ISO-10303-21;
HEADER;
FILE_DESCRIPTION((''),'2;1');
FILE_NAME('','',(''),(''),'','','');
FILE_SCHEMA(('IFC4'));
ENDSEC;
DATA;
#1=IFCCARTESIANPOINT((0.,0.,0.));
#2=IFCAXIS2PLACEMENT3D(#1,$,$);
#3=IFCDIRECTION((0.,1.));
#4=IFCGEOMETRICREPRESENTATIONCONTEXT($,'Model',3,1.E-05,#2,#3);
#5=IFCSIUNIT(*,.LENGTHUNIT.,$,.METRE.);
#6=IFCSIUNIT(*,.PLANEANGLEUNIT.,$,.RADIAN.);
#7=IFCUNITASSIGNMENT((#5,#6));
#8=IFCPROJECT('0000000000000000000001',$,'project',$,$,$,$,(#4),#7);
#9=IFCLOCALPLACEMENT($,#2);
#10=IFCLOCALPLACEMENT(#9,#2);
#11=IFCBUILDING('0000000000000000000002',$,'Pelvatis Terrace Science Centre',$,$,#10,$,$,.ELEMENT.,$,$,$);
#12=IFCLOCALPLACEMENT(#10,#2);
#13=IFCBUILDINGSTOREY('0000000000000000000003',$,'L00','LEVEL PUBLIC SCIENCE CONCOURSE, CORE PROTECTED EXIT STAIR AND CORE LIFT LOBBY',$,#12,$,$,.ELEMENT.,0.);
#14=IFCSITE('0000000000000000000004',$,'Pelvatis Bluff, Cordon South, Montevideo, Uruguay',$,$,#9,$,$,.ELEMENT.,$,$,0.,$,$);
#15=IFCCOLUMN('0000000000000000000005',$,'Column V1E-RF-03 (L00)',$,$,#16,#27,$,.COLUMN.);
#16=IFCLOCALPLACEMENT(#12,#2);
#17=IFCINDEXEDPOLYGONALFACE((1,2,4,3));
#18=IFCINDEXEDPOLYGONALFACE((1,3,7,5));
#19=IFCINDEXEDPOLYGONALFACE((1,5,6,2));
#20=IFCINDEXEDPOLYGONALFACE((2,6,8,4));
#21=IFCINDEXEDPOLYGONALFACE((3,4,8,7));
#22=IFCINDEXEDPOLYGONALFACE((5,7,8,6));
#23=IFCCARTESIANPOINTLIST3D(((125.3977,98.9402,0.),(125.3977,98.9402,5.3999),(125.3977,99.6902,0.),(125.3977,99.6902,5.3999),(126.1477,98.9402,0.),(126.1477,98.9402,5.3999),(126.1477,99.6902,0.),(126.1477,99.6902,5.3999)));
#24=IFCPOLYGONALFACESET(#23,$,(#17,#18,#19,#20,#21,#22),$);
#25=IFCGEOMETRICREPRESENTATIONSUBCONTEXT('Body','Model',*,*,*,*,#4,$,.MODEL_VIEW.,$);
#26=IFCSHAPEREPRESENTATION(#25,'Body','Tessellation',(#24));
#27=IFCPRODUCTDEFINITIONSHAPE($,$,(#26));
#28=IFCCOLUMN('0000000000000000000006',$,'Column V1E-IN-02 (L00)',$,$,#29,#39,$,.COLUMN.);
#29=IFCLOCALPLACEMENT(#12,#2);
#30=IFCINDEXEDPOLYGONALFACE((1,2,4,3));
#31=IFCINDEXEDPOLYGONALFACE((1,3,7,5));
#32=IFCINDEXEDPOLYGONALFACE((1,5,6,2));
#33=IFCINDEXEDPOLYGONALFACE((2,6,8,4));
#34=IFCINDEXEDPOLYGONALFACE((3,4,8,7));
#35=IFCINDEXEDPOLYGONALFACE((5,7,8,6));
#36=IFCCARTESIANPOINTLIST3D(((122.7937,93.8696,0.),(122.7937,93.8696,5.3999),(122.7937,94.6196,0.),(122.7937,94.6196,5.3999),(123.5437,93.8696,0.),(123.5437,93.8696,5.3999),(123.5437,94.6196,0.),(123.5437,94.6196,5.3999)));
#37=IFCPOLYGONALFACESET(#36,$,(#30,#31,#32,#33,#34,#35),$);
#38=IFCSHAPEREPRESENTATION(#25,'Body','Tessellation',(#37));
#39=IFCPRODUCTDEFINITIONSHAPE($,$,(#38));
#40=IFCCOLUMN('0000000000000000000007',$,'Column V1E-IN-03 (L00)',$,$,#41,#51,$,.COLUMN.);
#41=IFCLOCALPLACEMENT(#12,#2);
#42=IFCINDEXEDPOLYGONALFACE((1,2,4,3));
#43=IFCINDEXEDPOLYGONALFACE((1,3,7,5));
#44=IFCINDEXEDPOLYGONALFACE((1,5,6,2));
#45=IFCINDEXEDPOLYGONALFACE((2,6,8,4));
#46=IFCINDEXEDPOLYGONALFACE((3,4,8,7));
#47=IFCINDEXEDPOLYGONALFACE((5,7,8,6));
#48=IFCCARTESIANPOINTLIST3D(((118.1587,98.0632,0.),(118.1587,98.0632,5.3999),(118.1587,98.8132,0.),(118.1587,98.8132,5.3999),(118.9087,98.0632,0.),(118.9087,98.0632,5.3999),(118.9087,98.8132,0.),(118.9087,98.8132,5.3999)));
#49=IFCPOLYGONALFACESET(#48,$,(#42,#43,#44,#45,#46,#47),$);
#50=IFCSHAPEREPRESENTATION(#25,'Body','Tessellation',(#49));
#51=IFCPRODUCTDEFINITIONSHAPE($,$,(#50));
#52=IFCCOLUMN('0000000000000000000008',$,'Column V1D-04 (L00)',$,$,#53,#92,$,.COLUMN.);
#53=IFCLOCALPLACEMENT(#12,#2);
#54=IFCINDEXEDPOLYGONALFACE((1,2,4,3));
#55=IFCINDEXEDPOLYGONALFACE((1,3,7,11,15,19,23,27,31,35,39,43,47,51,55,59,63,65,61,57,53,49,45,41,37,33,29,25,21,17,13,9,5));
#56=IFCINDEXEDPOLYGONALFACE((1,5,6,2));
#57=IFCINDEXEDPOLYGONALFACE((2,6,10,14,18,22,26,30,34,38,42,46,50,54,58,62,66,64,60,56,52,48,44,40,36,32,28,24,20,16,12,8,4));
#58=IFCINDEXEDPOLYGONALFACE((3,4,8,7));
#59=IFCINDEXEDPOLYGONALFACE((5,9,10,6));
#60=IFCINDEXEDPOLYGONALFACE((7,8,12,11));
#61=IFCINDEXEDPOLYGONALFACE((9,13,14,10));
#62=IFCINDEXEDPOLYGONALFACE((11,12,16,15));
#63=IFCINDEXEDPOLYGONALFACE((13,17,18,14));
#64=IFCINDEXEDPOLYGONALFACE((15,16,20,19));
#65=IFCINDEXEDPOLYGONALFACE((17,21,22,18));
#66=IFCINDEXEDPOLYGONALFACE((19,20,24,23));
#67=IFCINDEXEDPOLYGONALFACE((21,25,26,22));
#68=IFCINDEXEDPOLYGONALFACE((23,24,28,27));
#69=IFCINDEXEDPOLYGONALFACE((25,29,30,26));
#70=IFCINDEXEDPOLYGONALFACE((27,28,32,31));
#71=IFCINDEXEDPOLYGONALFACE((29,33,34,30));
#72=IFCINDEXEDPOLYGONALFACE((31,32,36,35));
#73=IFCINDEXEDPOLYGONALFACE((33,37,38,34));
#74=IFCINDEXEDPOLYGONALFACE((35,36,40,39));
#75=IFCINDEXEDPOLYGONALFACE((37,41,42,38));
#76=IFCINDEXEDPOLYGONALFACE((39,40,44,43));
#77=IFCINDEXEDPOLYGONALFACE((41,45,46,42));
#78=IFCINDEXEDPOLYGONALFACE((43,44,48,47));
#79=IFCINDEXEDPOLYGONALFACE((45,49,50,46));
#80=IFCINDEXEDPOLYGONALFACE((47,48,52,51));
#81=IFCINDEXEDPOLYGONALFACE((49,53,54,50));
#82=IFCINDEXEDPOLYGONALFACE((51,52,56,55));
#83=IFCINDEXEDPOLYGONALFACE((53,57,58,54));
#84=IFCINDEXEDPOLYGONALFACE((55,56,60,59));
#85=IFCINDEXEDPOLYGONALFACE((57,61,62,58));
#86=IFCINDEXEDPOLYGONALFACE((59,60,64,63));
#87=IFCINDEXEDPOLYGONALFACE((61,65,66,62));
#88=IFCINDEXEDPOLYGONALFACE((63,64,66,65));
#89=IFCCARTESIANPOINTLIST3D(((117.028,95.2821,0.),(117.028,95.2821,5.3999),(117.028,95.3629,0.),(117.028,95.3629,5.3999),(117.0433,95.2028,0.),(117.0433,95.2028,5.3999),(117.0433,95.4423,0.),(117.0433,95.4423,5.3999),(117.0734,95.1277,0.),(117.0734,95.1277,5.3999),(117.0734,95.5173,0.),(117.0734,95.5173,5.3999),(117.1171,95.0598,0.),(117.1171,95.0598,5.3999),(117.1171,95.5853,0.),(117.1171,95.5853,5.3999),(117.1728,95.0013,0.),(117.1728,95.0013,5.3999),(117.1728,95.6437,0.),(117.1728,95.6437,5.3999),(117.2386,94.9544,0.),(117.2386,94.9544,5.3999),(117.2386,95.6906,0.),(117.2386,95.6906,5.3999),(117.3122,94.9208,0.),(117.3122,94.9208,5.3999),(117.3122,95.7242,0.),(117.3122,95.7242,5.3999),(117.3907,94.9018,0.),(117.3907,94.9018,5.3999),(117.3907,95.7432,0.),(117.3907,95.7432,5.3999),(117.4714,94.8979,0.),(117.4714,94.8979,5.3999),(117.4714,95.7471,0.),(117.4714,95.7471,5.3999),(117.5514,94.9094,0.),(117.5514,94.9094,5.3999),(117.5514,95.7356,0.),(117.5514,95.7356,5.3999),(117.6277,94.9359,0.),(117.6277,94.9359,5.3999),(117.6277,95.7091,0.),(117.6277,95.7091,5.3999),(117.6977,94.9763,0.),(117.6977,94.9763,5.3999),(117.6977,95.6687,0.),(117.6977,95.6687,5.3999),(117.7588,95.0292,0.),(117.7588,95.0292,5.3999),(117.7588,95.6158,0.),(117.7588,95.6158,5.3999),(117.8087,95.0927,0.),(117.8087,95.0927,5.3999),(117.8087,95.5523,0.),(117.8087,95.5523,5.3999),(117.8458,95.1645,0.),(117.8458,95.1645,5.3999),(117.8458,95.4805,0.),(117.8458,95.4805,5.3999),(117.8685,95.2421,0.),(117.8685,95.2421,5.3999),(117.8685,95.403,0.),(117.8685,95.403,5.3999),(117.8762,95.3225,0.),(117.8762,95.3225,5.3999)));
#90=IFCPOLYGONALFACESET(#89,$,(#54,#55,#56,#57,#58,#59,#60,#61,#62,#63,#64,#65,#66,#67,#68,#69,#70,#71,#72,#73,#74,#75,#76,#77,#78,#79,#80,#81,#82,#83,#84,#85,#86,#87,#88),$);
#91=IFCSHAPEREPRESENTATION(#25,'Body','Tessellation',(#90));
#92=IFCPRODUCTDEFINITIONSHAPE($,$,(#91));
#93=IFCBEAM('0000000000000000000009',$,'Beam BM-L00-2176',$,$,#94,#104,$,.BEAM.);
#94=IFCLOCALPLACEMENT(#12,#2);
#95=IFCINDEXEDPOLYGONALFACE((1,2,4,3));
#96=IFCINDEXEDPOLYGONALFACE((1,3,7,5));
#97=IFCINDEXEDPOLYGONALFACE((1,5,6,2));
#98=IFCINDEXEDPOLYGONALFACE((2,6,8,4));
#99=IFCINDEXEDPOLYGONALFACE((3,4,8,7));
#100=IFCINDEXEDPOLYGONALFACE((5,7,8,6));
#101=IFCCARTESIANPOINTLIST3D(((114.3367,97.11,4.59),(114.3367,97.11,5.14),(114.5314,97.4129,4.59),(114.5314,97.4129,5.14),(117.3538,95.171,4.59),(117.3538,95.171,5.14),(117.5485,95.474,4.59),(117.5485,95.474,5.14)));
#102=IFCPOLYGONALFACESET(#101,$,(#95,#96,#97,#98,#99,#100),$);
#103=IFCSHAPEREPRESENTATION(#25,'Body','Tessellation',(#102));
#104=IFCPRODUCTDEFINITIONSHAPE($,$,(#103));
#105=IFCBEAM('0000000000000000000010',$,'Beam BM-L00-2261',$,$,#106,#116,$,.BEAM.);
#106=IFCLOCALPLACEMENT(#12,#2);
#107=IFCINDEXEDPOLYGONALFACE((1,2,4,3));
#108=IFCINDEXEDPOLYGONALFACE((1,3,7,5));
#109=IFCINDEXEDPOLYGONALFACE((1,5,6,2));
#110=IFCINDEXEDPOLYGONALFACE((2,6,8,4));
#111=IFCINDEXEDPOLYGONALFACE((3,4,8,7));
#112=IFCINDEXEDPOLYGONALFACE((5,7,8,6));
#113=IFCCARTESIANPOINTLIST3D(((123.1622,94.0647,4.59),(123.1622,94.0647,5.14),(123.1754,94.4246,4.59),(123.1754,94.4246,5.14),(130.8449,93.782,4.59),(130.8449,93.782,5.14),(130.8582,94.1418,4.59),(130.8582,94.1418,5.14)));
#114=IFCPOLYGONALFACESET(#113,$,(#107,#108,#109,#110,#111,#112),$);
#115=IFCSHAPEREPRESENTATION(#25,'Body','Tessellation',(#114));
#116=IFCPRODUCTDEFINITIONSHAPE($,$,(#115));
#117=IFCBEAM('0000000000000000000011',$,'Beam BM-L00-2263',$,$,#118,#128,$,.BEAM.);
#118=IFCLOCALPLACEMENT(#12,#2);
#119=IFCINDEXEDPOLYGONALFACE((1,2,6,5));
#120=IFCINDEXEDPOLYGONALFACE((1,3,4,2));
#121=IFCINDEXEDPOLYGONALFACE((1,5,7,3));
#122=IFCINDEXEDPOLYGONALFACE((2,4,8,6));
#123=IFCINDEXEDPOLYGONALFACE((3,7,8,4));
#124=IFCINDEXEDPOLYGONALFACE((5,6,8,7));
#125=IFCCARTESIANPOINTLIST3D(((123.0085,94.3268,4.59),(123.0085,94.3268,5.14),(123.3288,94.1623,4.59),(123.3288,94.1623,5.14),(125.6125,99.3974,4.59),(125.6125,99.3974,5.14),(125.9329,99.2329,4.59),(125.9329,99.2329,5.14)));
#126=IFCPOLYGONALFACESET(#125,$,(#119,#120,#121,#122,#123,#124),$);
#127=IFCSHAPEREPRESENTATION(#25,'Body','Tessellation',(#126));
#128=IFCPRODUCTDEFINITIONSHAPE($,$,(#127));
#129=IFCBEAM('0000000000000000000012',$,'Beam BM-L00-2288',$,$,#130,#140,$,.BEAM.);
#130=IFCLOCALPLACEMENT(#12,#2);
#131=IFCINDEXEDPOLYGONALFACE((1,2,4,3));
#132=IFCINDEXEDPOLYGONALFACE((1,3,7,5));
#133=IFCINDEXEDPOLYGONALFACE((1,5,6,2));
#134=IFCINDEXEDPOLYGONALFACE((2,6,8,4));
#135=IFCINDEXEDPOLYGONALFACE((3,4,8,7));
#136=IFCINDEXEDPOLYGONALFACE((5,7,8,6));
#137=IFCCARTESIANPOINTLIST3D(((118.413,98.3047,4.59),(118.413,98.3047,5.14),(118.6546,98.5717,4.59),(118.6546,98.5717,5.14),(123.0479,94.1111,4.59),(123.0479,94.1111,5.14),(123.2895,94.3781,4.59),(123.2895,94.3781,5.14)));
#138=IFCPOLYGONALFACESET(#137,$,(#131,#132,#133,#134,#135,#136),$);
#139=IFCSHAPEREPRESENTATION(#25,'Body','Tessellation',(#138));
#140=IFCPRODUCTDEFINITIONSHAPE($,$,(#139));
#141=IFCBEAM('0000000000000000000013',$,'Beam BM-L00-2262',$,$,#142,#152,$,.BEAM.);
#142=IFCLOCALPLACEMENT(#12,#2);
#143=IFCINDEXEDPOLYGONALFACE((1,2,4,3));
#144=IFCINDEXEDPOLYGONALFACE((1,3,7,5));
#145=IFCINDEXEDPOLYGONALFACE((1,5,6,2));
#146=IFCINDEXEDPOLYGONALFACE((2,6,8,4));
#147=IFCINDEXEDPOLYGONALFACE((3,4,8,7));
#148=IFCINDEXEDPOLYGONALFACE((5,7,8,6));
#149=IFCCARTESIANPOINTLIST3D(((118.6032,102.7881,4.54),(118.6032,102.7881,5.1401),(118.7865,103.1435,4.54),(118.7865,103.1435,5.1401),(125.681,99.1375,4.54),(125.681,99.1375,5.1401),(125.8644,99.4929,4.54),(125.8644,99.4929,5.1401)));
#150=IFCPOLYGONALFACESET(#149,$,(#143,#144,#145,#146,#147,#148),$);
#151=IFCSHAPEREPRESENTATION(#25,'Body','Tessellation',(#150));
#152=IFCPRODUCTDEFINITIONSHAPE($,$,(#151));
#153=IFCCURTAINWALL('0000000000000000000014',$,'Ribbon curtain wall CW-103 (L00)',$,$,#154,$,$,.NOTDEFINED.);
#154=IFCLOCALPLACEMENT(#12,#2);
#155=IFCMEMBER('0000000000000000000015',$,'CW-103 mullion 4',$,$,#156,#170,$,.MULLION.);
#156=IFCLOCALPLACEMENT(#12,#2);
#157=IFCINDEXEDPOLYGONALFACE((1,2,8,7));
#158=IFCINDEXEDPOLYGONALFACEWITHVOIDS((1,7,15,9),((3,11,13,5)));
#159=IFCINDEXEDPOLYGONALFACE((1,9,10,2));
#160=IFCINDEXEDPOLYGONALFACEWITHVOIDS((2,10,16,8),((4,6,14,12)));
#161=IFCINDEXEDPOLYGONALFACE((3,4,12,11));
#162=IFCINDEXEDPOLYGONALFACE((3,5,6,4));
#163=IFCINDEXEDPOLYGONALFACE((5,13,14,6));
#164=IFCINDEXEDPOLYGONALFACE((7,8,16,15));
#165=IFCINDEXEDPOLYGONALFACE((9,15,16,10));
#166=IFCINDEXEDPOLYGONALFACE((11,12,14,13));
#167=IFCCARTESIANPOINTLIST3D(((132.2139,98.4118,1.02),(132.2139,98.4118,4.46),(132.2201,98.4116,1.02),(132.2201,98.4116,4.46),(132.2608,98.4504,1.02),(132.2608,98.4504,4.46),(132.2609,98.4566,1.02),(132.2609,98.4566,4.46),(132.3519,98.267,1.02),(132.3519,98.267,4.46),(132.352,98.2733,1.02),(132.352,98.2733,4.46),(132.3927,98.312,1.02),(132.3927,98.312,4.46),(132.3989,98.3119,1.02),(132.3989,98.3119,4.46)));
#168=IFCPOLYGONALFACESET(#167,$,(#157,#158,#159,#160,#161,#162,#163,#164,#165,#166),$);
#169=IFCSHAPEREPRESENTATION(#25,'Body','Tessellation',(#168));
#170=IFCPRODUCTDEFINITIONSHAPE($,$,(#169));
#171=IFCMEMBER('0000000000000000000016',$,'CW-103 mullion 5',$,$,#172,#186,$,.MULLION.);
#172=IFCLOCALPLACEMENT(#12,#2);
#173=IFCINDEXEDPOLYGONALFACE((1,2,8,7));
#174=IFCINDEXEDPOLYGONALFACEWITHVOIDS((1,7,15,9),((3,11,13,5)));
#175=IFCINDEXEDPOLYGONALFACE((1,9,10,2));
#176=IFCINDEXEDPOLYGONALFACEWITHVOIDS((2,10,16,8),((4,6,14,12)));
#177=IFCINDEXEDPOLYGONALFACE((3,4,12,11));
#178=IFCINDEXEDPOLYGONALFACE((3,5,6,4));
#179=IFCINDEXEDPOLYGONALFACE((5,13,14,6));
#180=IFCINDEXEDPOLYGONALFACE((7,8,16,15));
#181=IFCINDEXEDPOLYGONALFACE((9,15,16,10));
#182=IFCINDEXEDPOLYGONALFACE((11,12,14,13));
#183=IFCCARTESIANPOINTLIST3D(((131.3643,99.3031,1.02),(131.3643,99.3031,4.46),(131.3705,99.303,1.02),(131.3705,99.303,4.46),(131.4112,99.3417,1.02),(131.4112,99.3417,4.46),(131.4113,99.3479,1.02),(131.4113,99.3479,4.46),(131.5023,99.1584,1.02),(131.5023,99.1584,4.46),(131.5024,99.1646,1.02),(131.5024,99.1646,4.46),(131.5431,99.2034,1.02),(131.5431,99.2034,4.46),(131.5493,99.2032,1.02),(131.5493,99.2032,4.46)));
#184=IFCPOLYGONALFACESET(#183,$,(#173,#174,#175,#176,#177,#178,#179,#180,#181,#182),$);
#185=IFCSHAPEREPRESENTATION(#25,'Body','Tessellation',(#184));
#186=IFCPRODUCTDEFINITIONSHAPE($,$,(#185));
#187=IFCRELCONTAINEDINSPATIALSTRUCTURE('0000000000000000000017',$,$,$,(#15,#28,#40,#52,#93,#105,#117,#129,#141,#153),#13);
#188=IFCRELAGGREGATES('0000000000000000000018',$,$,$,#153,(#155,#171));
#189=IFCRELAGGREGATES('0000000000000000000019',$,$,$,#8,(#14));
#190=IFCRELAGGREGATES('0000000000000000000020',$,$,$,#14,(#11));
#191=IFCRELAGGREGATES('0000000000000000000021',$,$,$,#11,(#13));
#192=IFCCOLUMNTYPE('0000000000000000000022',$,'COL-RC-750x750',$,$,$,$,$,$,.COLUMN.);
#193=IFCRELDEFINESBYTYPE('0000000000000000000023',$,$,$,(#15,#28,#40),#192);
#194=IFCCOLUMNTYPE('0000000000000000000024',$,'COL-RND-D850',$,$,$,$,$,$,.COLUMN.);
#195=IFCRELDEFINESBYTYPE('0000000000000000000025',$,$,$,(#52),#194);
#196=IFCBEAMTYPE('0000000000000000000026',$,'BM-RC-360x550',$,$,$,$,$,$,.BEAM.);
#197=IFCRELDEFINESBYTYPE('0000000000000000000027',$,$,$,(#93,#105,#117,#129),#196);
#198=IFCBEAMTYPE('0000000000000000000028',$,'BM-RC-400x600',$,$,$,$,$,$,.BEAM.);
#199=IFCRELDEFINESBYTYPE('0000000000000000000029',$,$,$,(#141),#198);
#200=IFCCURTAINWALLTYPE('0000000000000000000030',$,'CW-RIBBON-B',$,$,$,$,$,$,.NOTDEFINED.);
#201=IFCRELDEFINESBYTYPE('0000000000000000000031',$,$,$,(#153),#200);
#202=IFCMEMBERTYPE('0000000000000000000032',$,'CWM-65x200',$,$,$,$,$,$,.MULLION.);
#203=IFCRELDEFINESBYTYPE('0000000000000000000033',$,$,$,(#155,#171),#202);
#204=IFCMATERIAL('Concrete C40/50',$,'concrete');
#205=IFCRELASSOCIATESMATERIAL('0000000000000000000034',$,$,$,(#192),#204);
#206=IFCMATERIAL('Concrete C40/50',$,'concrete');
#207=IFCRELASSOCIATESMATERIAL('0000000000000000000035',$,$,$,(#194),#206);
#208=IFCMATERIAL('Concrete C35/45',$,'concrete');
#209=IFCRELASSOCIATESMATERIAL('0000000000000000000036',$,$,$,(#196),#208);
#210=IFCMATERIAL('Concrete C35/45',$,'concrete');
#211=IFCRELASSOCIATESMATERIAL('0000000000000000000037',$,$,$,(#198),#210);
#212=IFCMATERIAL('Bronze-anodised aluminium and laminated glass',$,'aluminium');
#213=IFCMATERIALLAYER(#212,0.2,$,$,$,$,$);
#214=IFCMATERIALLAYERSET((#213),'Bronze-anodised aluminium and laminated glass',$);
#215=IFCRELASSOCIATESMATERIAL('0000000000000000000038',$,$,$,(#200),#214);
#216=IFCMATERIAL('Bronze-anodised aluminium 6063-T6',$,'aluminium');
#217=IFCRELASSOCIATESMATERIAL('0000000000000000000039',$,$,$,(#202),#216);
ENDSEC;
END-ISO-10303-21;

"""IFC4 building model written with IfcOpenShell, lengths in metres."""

from ifc_helpers import new_model, si_unit, direction, frame, origin, origin_2d, place, context, subcontext, project, spatial, rectangle, hollow_rectangle, circle, extrude, material, layer, layer_set, material_profile, profile_set, type_object, element, aggregate, save


model = new_model("IFC4")

# Units and contexts
model_context = context("Model", 3, precision=1e-05, world=origin(), true_north=direction((0.0, 1.0)))
body_context = subcontext(model_context, "Body", "Model", "MODEL_VIEW")
ifc_project = project(units=[si_unit("LENGTHUNIT", "METRE"), si_unit("PLANEANGLEUNIT", "RADIAN")], contexts=[model_context])

# Site, building, storey
site_placement = place(None, origin())
site = spatial("IfcSite", under=ifc_project, at=site_placement, Name="Pelvatis Bluff, Cordon South, Montevideo, Uruguay", CompositionType="ELEMENT", RefElevation=0.0)
building_placement = place(site_placement, origin())
building = spatial("IfcBuilding", under=site, at=building_placement, Name="Pelvatis Terrace Science Centre", CompositionType="ELEMENT")
storey_placement = place(building_placement, origin())
storey = spatial("IfcBuildingStorey", under=building, at=storey_placement, Name="L00", Description="LEVEL PUBLIC SCIENCE CONCOURSE, CORE PROTECTED EXIT STAIR AND CORE LIFT LOBBY", CompositionType="ELEMENT", Elevation=0.0)

# Columns
ifc_material_1 = material(Name="Concrete C40/50", Category="concrete")
ifc_material_profile_1 = material_profile(ifc_material_1, rectangle(XDim=0.75, YDim=0.75, at=origin_2d()), Name="RC-COL 750x750")
ifc_profile_set_1 = profile_set([ifc_material_profile_1], Name="Concrete C40/50")
column_type_1 = type_object("IfcColumnType", Name="COL-RC-750x750", PredefinedType="COLUMN", material=ifc_profile_set_1)
for number, where, z_axis, x_axis, name in (
    (1, (125.7727, 99.3152, 0.0), (0.0, 0.0, 1.0), (1.0, 0.0, 0.0), "Column V1E-RF-03 (L00)"),
    (2, (123.1687, 94.2446, 0.0), (0.0, 0.0, 1.0), (1.0, 0.0, 0.0), "Column V1E-IN-02 (L00)"),
    (3, (118.5337, 98.4382, 0.0), (0.0, 0.0, 1.0), (1.0, 0.0, 0.0), "Column V1E-IN-03 (L00)"),
):
    element("IfcColumn", number, at=place(storey_placement, frame(where, z_axis=z_axis, x_axis=x_axis)), inside=storey, type_object=column_type_1, Name=name, PredefinedType="COLUMN", context=body_context, shape_type="SweptSolid", body=[
        extrude(rectangle(XDim=0.75, YDim=0.75, at=origin_2d()), origin(), (0.0, 0.0, 1.0), 5.3999),
    ])
ifc_material_2 = material(Name="Concrete C40/50", Category="concrete")
ifc_material_profile_2 = material_profile(ifc_material_2, circle(Radius=0.425, at=origin_2d()), Name="RC-RCOL D850")
ifc_profile_set_2 = profile_set([ifc_material_profile_2], Name="Concrete C40/50")
column_type_2 = type_object("IfcColumnType", Name="COL-RND-D850", PredefinedType="COLUMN", material=ifc_profile_set_2)
column_placement = place(storey_placement, frame((117.4512, 95.3225, 0.0), z_axis=(0.0, 0.0, 1.0), x_axis=(1.0, 0.0, 0.0)))
element("IfcColumn", 4, at=column_placement, inside=storey, type_object=column_type_2, Name="Column V1D-04 (L00)", PredefinedType="COLUMN", context=body_context, shape_type="SweptSolid", body=[
    extrude(circle(Radius=0.425, at=origin_2d()), origin(), (0.0, 0.0, 1.0), 5.3999),
])

# Beams
ifc_material_3 = material(Name="Concrete C35/45", Category="concrete")
ifc_material_profile_3 = material_profile(ifc_material_3, rectangle(XDim=0.3601, YDim=0.55, at=origin_2d()), Name="RC-BM 360x550")
ifc_profile_set_3 = profile_set([ifc_material_profile_3], Name="Concrete C35/45")
beam_type_1 = type_object("IfcBeamType", Name="BM-RC-360x550", PredefinedType="BEAM", material=ifc_profile_set_3)
beam_1_placement = place(storey_placement, frame((117.4512, 95.3225, 4.865), z_axis=(-0.841254, 0.540641, 0.0), x_axis=(-0.540641, -0.841254, 0.0)))
element("IfcBeam", 5, at=beam_1_placement, inside=storey, type_object=beam_type_1, Name="Beam BM-L00-2176", PredefinedType="BEAM", context=body_context, shape_type="SweptSolid", body=[
    extrude(rectangle(XDim=0.3601, YDim=0.55, at=origin_2d()), origin(), (0.0, 0.0, 1.0), 3.5864),
])
beam_2_placement = place(storey_placement, frame((130.8516, 93.9619, 4.865), z_axis=(-0.999324, 0.036773, 0.0), x_axis=(-0.036773, -0.999324, 0.0)))
element("IfcBeam", 6, at=beam_2_placement, inside=storey, type_object=beam_type_1, Name="Beam BM-L00-2261", PredefinedType="BEAM", context=body_context, shape_type="SweptSolid", body=[
    extrude(rectangle(XDim=0.3601, YDim=0.55, at=origin_2d()), origin(), (0.0, 0.0, 1.0), 7.688),
])
beam_3_placement = place(storey_placement, frame((125.7727, 99.3152, 4.865), z_axis=(-0.456833, -0.889552, 0.0), x_axis=(0.889552, -0.456833, 0.0)))
element("IfcBeam", 7, at=beam_3_placement, inside=storey, type_object=beam_type_1, Name="Beam BM-L00-2263", PredefinedType="BEAM", context=body_context, shape_type="SweptSolid", body=[
    extrude(rectangle(XDim=0.3601, YDim=0.55, at=origin_2d()), origin(), (0.0, 0.0, 1.0), 5.7002),
])
beam_4_placement = place(storey_placement, frame((123.1687, 94.2446, 4.865), z_axis=(-0.741534, 0.670915, 0.0), x_axis=(-0.670915, -0.741534, 0.0)))
element("IfcBeam", 8, at=beam_4_placement, inside=storey, type_object=beam_type_1, Name="Beam BM-L00-2288", PredefinedType="BEAM", context=body_context, shape_type="SweptSolid", body=[
    extrude(rectangle(XDim=0.3601, YDim=0.55, at=origin_2d()), origin(), (0.0, 0.0, 1.0), 6.2505),
])
ifc_material_4 = material(Name="Concrete C35/45", Category="concrete")
ifc_material_profile_4 = material_profile(ifc_material_4, rectangle(XDim=0.3999, YDim=0.6001, at=origin_2d()), Name="RC-BM 400x600")
ifc_profile_set_4 = profile_set([ifc_material_profile_4], Name="Concrete C35/45")
beam_type_2 = type_object("IfcBeamType", Name="BM-RC-400x600", PredefinedType="BEAM", material=ifc_profile_set_4)
beam_5_placement = place(storey_placement, frame((125.7727, 99.3152, 4.8401), z_axis=(-0.888747, 0.458398, 0.0), x_axis=(-0.458398, -0.888747, 0.0)))
element("IfcBeam", 9, at=beam_5_placement, inside=storey, type_object=beam_type_2, Name="Beam BM-L00-2262", PredefinedType="BEAM", context=body_context, shape_type="SweptSolid", body=[
    extrude(rectangle(XDim=0.3999, YDim=0.6001, at=origin_2d()), origin(), (0.0, 0.0, 1.0), 7.9639),
])

# Curtain wall, members
ifc_material_5 = material(Name="Bronze-anodised aluminium and laminated glass", Category="aluminium")
ifc_layer_1 = layer(ifc_material_5, 0.2)
ifc_layer_set_1 = layer_set([ifc_layer_1], Name="Bronze-anodised aluminium and laminated glass")
curtain_wall_type = type_object("IfcCurtainWallType", Name="CW-RIBBON-B", PredefinedType="NOTDEFINED", material=ifc_layer_set_1)
curtain_wall_1_placement = place(storey_placement, origin())
curtain_wall_1 = element("IfcCurtainWall", 10, at=curtain_wall_1_placement, inside=storey, type_object=curtain_wall_type, Name="Ribbon curtain wall CW-103 (L00)", PredefinedType="NOTDEFINED")
ifc_material_6 = material(Name="Bronze-anodised aluminium 6063-T6", Category="aluminium")
ifc_material_profile_5 = material_profile(ifc_material_6, hollow_rectangle(XDim=0.0649, YDim=0.2, WallThickness=0.0044, at=origin_2d()), Name="ALU-MUL 65x200")
ifc_profile_set_5 = profile_set([ifc_material_profile_5], Name="Bronze-anodised aluminium 6063-T6")
member_type_1 = type_object("IfcMemberType", Name="CWM-65x200", PredefinedType="MULLION", material=ifc_profile_set_5)
member_1_placement = place(storey_placement, frame((132.3064, 98.3618, 1.02), z_axis=(0.0, 0.0, 1.0), x_axis=(-0.723835, -0.689973, 0.0)))
member_1 = element("IfcMember", 11, at=member_1_placement, type_object=member_type_1, Name="CW-103 mullion 4", PredefinedType="MULLION", context=body_context, shape_type="SweptSolid", body=[
    extrude(hollow_rectangle(XDim=0.0649, YDim=0.2, WallThickness=0.0044, at=origin_2d()), origin(), (0.0, 0.0, 1.0), 3.4399),
])
member_2_placement = place(storey_placement, frame((131.4568, 99.2532, 1.02), z_axis=(0.0, 0.0, 1.0), x_axis=(-0.723835, -0.689973, 0.0)))
member_2 = element("IfcMember", 12, at=member_2_placement, type_object=member_type_1, Name="CW-103 mullion 5", PredefinedType="MULLION", context=body_context, shape_type="SweptSolid", body=[
    extrude(hollow_rectangle(XDim=0.0649, YDim=0.2, WallThickness=0.0044, at=origin_2d()), origin(), (0.0, 0.0, 1.0), 3.4399),
])

aggregate(curtain_wall_1, [member_1, member_2])

save(model, "model.ifc")
